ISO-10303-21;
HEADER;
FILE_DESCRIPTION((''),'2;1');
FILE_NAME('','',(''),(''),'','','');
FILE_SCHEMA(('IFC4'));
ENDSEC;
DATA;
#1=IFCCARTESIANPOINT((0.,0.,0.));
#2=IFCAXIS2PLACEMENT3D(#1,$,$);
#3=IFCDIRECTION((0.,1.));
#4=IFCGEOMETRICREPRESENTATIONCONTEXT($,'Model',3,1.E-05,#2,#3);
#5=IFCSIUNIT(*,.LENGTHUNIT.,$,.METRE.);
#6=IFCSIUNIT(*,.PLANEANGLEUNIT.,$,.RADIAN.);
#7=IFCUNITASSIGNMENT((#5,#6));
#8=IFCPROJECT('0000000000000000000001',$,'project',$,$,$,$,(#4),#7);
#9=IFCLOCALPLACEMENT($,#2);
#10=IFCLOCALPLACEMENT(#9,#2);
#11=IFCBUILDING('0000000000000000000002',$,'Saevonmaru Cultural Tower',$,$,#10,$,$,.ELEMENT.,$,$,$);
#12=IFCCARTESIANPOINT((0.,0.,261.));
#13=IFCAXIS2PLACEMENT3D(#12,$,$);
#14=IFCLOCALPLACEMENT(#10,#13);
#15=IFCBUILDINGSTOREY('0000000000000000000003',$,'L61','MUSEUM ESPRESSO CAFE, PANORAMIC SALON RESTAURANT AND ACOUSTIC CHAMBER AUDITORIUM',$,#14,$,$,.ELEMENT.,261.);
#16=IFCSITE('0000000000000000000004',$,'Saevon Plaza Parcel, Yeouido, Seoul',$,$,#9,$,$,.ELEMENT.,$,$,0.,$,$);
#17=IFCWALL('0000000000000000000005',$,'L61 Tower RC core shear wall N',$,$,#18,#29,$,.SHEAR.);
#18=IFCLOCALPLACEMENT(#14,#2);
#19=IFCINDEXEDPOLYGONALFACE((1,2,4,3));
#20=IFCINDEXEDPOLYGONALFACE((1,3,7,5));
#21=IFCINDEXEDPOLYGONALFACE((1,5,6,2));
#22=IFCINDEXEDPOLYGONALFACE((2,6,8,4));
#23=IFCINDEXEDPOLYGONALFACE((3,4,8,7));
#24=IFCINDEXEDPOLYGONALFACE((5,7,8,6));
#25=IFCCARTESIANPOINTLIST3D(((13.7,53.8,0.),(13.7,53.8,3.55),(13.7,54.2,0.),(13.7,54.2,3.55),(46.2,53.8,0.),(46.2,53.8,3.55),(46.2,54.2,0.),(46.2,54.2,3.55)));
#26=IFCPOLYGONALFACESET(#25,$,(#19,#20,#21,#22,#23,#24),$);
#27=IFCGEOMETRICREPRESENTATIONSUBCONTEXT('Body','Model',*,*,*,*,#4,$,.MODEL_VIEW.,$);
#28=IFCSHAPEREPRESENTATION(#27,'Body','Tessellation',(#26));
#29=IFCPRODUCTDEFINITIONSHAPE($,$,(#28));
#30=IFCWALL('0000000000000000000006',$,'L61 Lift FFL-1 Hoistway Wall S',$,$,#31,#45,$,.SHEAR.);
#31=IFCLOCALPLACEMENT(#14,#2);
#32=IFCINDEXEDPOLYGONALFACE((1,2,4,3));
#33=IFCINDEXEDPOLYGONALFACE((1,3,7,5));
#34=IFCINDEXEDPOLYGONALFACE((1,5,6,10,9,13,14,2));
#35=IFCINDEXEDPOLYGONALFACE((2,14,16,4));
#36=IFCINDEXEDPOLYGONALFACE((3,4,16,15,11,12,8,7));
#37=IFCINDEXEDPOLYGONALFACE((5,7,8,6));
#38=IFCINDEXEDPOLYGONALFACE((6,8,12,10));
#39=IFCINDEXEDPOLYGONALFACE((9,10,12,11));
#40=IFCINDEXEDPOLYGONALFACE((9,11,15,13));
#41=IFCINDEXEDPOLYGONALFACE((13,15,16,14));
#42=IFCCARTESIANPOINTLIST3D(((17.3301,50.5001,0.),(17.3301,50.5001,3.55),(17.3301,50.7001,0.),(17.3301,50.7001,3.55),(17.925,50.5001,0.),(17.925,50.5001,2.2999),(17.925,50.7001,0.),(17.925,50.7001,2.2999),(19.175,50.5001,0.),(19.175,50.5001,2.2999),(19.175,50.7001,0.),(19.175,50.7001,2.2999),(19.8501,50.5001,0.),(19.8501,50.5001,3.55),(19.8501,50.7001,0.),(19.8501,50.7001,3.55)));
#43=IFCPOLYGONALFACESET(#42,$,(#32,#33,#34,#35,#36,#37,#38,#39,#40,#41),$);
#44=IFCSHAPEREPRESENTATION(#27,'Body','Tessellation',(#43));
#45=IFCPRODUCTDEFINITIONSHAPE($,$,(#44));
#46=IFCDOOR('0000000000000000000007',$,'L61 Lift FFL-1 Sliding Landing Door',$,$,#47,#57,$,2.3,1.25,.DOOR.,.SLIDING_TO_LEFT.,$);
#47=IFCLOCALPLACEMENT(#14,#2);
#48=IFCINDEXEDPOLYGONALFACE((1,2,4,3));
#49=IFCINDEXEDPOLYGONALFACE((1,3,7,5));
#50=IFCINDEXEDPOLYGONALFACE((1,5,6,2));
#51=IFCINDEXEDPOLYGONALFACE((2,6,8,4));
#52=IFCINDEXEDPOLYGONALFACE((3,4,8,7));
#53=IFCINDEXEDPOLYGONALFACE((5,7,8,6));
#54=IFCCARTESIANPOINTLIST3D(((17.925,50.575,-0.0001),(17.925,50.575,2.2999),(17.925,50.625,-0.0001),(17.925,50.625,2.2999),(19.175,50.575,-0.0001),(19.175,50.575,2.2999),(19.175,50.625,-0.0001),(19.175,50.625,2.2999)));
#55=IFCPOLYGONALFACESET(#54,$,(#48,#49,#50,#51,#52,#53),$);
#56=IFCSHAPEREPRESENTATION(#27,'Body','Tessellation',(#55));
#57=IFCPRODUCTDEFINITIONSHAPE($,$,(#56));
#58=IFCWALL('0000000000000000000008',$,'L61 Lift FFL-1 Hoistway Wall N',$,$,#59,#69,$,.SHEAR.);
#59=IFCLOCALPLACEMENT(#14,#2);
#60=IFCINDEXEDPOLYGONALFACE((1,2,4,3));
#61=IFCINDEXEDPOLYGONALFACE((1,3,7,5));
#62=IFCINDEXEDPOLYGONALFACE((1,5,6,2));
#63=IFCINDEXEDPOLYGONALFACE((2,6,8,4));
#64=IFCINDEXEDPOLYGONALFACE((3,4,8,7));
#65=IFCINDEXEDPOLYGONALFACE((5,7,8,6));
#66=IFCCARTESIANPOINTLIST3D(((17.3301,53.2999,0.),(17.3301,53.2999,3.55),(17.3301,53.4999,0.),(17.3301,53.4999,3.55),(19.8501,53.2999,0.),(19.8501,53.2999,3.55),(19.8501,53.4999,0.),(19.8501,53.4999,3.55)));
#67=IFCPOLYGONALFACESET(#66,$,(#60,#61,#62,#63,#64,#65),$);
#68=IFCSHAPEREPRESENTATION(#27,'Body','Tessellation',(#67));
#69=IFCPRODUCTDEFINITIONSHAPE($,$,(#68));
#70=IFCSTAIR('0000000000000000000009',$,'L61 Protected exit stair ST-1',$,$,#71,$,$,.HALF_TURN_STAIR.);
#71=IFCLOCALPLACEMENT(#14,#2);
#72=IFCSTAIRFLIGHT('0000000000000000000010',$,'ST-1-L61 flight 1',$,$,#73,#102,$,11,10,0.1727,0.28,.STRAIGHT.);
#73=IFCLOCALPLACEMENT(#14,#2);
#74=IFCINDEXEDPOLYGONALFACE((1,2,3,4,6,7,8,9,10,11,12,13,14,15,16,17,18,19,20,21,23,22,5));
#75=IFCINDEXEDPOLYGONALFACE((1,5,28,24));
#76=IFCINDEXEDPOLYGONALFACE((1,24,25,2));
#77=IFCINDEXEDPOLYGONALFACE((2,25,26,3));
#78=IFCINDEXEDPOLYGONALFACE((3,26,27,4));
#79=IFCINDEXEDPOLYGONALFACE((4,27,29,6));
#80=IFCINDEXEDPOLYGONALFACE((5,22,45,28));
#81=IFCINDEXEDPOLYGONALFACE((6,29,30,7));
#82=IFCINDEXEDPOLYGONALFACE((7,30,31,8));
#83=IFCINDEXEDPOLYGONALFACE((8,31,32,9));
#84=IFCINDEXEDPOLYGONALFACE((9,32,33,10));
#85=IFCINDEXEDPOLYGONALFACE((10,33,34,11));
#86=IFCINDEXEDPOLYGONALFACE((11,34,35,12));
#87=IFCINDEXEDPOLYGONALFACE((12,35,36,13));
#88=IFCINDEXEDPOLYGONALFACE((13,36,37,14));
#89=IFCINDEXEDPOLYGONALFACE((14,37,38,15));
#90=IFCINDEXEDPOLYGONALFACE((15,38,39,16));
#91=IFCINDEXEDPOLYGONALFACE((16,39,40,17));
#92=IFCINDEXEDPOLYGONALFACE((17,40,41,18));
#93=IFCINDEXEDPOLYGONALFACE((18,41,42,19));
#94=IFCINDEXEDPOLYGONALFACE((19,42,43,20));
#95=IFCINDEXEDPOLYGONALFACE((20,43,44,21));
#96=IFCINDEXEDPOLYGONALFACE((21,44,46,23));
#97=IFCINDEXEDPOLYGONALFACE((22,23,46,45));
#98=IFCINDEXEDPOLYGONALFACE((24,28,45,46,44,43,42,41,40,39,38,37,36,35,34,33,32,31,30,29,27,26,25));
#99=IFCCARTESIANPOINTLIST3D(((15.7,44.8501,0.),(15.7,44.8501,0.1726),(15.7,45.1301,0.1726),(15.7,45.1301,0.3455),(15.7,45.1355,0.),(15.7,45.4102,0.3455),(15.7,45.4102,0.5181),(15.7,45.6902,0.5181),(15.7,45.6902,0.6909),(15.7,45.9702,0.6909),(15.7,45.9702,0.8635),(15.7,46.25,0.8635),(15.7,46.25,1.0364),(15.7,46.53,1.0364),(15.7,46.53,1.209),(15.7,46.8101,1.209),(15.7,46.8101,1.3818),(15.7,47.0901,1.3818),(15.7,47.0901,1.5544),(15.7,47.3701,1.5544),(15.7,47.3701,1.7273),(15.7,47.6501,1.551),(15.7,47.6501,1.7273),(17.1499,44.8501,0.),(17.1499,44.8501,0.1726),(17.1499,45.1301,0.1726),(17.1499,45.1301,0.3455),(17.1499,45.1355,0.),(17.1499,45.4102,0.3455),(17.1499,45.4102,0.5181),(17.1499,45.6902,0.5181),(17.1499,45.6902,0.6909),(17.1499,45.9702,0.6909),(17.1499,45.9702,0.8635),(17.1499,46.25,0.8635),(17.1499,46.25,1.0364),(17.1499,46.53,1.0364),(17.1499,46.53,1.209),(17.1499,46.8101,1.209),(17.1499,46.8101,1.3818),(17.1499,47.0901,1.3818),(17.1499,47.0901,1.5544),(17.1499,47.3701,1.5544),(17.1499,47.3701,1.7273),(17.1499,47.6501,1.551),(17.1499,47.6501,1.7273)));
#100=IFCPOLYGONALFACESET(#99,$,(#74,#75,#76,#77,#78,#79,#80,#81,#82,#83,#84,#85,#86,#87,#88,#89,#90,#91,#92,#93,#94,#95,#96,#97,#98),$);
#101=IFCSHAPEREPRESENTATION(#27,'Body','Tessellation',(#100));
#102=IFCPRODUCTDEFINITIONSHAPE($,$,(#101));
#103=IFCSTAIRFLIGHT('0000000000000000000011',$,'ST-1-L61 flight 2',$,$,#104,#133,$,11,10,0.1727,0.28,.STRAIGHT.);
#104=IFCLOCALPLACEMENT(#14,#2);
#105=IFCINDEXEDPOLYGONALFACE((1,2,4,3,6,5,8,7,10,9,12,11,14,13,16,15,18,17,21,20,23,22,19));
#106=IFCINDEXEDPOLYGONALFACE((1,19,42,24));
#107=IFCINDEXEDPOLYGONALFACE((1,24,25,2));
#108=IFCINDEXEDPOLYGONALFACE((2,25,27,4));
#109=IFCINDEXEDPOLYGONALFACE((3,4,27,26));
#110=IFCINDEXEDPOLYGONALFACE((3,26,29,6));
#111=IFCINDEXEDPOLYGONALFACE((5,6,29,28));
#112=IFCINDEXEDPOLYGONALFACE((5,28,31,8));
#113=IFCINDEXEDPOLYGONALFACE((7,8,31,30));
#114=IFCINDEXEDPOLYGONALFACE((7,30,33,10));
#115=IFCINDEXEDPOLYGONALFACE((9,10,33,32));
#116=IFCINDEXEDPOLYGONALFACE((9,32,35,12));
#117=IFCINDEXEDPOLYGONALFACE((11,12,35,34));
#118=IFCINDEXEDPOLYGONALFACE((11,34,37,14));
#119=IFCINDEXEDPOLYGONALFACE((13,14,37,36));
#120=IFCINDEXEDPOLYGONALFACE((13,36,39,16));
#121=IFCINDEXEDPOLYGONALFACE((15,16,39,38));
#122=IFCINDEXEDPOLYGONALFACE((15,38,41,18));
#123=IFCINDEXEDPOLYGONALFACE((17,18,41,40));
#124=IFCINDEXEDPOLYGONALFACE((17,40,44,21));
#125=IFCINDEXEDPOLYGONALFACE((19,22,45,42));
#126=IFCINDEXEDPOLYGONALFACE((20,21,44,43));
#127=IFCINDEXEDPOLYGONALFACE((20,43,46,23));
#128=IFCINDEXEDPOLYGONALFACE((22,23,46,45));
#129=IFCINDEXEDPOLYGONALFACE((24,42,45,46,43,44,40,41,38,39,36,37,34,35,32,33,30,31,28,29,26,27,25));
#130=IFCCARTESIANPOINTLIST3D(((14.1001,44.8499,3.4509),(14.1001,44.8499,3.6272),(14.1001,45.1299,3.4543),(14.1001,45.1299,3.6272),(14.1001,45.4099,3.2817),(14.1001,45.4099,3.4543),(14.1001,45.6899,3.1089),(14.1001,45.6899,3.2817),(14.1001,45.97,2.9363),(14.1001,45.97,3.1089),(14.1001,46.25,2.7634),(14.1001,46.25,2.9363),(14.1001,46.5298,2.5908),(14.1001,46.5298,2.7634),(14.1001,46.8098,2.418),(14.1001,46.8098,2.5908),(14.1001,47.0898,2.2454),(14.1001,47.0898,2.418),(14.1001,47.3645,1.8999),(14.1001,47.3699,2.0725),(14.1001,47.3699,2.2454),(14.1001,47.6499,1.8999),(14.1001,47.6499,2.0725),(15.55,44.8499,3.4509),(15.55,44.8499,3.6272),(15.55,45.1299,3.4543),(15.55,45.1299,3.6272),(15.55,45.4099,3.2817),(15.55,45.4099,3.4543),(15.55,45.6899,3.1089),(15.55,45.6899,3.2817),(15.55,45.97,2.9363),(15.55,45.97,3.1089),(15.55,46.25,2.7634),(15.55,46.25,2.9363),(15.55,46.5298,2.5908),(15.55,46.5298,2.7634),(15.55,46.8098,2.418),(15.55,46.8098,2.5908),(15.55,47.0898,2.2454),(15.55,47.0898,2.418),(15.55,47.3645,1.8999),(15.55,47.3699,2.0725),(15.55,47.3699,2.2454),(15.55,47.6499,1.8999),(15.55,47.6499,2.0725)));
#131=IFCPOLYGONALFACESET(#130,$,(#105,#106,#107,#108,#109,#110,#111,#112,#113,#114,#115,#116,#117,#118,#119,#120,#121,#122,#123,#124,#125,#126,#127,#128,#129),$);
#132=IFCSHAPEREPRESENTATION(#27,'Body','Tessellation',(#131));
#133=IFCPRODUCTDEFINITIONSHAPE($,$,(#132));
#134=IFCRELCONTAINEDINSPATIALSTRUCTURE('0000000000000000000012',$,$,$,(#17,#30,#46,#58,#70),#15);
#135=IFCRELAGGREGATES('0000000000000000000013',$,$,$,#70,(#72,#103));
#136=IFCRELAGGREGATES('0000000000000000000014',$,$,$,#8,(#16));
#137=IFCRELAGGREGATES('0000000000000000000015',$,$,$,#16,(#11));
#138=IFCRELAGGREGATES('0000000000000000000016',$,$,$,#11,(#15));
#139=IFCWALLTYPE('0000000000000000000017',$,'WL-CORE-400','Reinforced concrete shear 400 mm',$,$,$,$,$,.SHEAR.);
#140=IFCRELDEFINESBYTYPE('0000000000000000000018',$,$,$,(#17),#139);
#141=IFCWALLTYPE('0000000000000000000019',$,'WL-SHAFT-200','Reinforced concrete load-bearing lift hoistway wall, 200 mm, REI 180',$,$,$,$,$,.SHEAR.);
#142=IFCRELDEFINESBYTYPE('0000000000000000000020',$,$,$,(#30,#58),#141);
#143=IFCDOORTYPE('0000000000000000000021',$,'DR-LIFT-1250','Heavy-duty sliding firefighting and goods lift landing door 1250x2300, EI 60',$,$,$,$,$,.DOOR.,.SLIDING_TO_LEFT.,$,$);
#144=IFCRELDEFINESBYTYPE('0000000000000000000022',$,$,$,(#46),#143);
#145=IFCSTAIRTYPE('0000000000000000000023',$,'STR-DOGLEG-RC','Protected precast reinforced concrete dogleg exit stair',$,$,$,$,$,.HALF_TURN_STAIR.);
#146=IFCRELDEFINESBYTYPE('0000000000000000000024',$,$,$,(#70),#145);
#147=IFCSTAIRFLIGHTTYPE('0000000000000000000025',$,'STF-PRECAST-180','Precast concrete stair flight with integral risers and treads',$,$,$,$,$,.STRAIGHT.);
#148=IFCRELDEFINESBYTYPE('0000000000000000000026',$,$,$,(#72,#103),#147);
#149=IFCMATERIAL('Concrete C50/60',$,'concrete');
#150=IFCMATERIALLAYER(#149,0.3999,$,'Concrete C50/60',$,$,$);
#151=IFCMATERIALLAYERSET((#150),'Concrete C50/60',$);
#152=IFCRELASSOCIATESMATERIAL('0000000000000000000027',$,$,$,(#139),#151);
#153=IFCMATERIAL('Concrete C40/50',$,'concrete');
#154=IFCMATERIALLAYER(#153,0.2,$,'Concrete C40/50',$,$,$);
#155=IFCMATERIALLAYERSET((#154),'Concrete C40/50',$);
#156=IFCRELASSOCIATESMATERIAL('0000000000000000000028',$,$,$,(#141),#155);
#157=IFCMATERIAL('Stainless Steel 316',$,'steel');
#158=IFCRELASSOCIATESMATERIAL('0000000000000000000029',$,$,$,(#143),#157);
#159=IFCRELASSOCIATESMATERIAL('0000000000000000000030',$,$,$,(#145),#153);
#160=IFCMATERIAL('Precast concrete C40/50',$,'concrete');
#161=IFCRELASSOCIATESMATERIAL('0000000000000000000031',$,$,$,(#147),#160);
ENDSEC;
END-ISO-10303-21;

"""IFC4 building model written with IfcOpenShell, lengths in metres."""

from ifc_helpers import new_model, si_unit, direction, frame, frame_2d, origin, place, context, subcontext, project, spatial, polyline, rectangle, outline, extrude, material, layer, layer_set, type_object, element, fill, aggregate, save


model = new_model("IFC4")

# Units and contexts
model_context = context("Model", 3, precision=1e-05, world=origin(), true_north=direction((0.0, 1.0)))
body_context = subcontext(model_context, "Body", "Model", "MODEL_VIEW")
ifc_project = project(units=[si_unit("LENGTHUNIT", "METRE"), si_unit("PLANEANGLEUNIT", "RADIAN")], contexts=[model_context])

# Site, building, storey
site_placement = place(None, origin())
site = spatial("IfcSite", under=ifc_project, at=site_placement, Name="Saevon Plaza Parcel, Yeouido, Seoul", CompositionType="ELEMENT", RefElevation=0.0)
building_placement = place(site_placement, origin())
building = spatial("IfcBuilding", under=site, at=building_placement, Name="Saevonmaru Cultural Tower", CompositionType="ELEMENT")
storey_placement = place(building_placement, frame((0.0, 0.0, 261.0)))
storey = spatial("IfcBuildingStorey", under=building, at=storey_placement, Name="L61", Description="MUSEUM ESPRESSO CAFE, PANORAMIC SALON RESTAURANT AND ACOUSTIC CHAMBER AUDITORIUM", CompositionType="ELEMENT", Elevation=261.0)

# Wall
ifc_material_1 = material(Name="Concrete C50/60", Category="concrete")
ifc_layer_1 = layer(ifc_material_1, 0.3999, Name="Concrete C50/60")
ifc_layer_set_1 = layer_set([ifc_layer_1], Name="Concrete C50/60")
wall_type_1 = type_object("IfcWallType", Name="WL-CORE-400", Description="Reinforced concrete shear 400 mm", PredefinedType="SHEAR", material=ifc_layer_set_1)
wall_1_placement = place(storey_placement, frame((13.7, 54.0, 0.0), z_axis=(0.0, 0.0, 1.0), x_axis=(1.0, 0.0, 0.0)))
element("IfcWall", 1, at=wall_1_placement, inside=storey, type_object=wall_type_1, Name="L61 Tower RC core shear wall N", PredefinedType="SHEAR", context=body_context, shape_type="SweptSolid", body=[
    extrude(rectangle(XDim=32.5, YDim=0.3999, at=frame_2d((16.25, 0.0))), origin(), (0.0, 0.0, 1.0), 3.55),
])

# Wall, opening, door
ifc_material_2 = material(Name="Concrete C40/50", Category="concrete")
ifc_layer_2 = layer(ifc_material_2, 0.2, Name="Concrete C40/50")
ifc_layer_set_2 = layer_set([ifc_layer_2], Name="Concrete C40/50")
wall_type_2 = type_object("IfcWallType", Name="WL-SHAFT-200", Description="Reinforced concrete load-bearing lift hoistway wall, 200 mm, REI 180", PredefinedType="SHEAR", material=ifc_layer_set_2)
wall_2_placement = place(storey_placement, frame((17.3301, 50.6001, 0.0), z_axis=(0.0, 0.0, 1.0), x_axis=(1.0, 0.0, 0.0)))
wall_2 = element("IfcWall", 2, at=wall_2_placement, inside=storey, type_object=wall_type_2, Name="L61 Lift FFL-1 Hoistway Wall S", PredefinedType="SHEAR", context=body_context, shape_type="SweptSolid", body=[
    extrude(rectangle(XDim=2.52, YDim=0.2, at=frame_2d((1.26, 0.0))), origin(), (0.0, 0.0, 1.0), 3.55),
])
opening_placement = place(wall_2_placement, frame((0.595, 0.0, 0.0)))
opening = element("IfcOpeningElement", 3, at=opening_placement, cuts=wall_2, PredefinedType="OPENING", context=body_context, shape_type="SweptSolid", body=[
    extrude(rectangle(XDim=1.25, YDim=2.3, at=frame_2d((0.625, 1.1499))), frame((0.0, 0.1099, 0.0), z_axis=(0.0, -1.0, 0.0), x_axis=(1.0, 0.0, 0.0)), (0.0, 0.0, 1.0), 0.22),
])
ifc_material_3 = material(Name="Stainless Steel 316", Category="steel")
door_type = type_object("IfcDoorType", Name="DR-LIFT-1250", Description="Heavy-duty sliding firefighting and goods lift landing door 1250x2300, EI 60", OperationType="SLIDING_TO_LEFT", PredefinedType="DOOR", material=ifc_material_3)
door_placement = place(opening_placement, origin())
door = element("IfcDoor", 4, at=door_placement, inside=storey, type_object=door_type, Name="L61 Lift FFL-1 Sliding Landing Door", OperationType="SLIDING_TO_LEFT", OverallHeight=2.3, OverallWidth=1.25, PredefinedType="DOOR", context=body_context, shape_type="SweptSolid", body=[
    extrude(rectangle(XDim=1.25, YDim=2.3, at=frame_2d((0.625, 1.1499))), frame((0.0, 0.0249, 0.0), z_axis=(0.0, -1.0, 0.0), x_axis=(1.0, 0.0, 0.0)), (0.0, 0.0, 1.0), 0.05),
])
fill(opening, door)

# Wall
wall_3_placement = place(storey_placement, frame((17.3301, 53.3999, 0.0), z_axis=(0.0, 0.0, 1.0), x_axis=(1.0, 0.0, 0.0)))
element("IfcWall", 5, at=wall_3_placement, inside=storey, type_object=wall_type_2, Name="L61 Lift FFL-1 Hoistway Wall N", PredefinedType="SHEAR", context=body_context, shape_type="SweptSolid", body=[
    extrude(rectangle(XDim=2.52, YDim=0.2, at=frame_2d((1.26, 0.0))), origin(), (0.0, 0.0, 1.0), 3.55),
])

# Stair, stair flights
stair_type = type_object("IfcStairType", Name="STR-DOGLEG-RC", Description="Protected precast reinforced concrete dogleg exit stair", PredefinedType="HALF_TURN_STAIR", material=ifc_material_2)
stair_placement = place(storey_placement, origin())
stair = element("IfcStair", 6, at=stair_placement, inside=storey, type_object=stair_type, Name="L61 Protected exit stair ST-1", PredefinedType="HALF_TURN_STAIR")
ifc_material_4 = material(Name="Precast concrete C40/50", Category="concrete")
stair_flight_type = type_object("IfcStairFlightType", Name="STF-PRECAST-180", Description="Precast concrete stair flight with integral risers and treads", PredefinedType="STRAIGHT", material=ifc_material_4)
stair_flight_1_placement = place(storey_placement, frame((16.425, 44.8501, 0.0), z_axis=(0.0, 0.0, 1.0), x_axis=(0.0, 1.0, 0.0)))
stair_flight_1 = element("IfcStairFlight", 7, at=stair_flight_1_placement, type_object=stair_flight_type, Name="ST-1-L61 flight 1", NumberOfRisers=11, NumberOfTreads=10, PredefinedType="STRAIGHT", RiserHeight=0.1727, TreadLength=0.28, context=body_context, shape_type="SweptSolid", body=[
    extrude(outline(polyline([(0.0, 0.0), (0.0, 0.1726), (0.28, 0.1726), (0.28, 0.3455), (0.5601, 0.3455), (0.5601, 0.5181), (0.8401, 0.5181), (0.8401, 0.6909), (1.1201, 0.6909), (1.1201, 0.8635), (1.3999, 0.8635), (1.3999, 1.0364), (1.6799, 1.0364), (1.6799, 1.209), (1.96, 1.209), (1.96, 1.3818), (2.24, 1.3818), (2.24, 1.5544), (2.52, 1.5544), (2.52, 1.7273), (2.8, 1.7273), (2.8, 1.8999), (2.8, 1.551), (0.2854, 0.0), (0.0, 0.0)])), frame((0.0, 0.7251, 0.0), z_axis=(0.0, -1.0, 0.0), x_axis=(1.0, 0.0, 0.0)), (0.0, 0.0, 1.0), 1.45),
])
stair_flight_2_placement = place(storey_placement, frame((14.825, 47.6499, 1.8999), z_axis=(0.0, 0.0, 1.0), x_axis=(0.0, -1.0, 0.0)))
stair_flight_2 = element("IfcStairFlight", 8, at=stair_flight_2_placement, type_object=stair_flight_type, Name="ST-1-L61 flight 2", NumberOfRisers=11, NumberOfTreads=10, PredefinedType="STRAIGHT", RiserHeight=0.1727, TreadLength=0.28, context=body_context, shape_type="SweptSolid", body=[
    extrude(outline(polyline([(0.0, 0.0), (0.0, 0.1726), (0.28, 0.1726), (0.28, 0.3455), (0.5601, 0.3455), (0.5601, 0.5181), (0.8401, 0.5181), (0.8401, 0.6909), (1.1201, 0.6909), (1.1201, 0.8635), (1.3999, 0.8635), (1.3999, 1.0364), (1.6799, 1.0364), (1.6799, 1.209), (1.96, 1.209), (1.96, 1.3818), (2.24, 1.3818), (2.24, 1.5544), (2.52, 1.5544), (2.52, 1.7273), (2.8, 1.7273), (2.8, 1.8999), (2.8, 1.551), (0.2854, 0.0), (0.0, 0.0)])), frame((0.0, 0.7251, 0.0), z_axis=(0.0, -1.0, 0.0), x_axis=(1.0, 0.0, 0.0)), (0.0, 0.0, 1.0), 1.45),
])
aggregate(stair, [stair_flight_1, stair_flight_2])

save(model, "model.ifc")
